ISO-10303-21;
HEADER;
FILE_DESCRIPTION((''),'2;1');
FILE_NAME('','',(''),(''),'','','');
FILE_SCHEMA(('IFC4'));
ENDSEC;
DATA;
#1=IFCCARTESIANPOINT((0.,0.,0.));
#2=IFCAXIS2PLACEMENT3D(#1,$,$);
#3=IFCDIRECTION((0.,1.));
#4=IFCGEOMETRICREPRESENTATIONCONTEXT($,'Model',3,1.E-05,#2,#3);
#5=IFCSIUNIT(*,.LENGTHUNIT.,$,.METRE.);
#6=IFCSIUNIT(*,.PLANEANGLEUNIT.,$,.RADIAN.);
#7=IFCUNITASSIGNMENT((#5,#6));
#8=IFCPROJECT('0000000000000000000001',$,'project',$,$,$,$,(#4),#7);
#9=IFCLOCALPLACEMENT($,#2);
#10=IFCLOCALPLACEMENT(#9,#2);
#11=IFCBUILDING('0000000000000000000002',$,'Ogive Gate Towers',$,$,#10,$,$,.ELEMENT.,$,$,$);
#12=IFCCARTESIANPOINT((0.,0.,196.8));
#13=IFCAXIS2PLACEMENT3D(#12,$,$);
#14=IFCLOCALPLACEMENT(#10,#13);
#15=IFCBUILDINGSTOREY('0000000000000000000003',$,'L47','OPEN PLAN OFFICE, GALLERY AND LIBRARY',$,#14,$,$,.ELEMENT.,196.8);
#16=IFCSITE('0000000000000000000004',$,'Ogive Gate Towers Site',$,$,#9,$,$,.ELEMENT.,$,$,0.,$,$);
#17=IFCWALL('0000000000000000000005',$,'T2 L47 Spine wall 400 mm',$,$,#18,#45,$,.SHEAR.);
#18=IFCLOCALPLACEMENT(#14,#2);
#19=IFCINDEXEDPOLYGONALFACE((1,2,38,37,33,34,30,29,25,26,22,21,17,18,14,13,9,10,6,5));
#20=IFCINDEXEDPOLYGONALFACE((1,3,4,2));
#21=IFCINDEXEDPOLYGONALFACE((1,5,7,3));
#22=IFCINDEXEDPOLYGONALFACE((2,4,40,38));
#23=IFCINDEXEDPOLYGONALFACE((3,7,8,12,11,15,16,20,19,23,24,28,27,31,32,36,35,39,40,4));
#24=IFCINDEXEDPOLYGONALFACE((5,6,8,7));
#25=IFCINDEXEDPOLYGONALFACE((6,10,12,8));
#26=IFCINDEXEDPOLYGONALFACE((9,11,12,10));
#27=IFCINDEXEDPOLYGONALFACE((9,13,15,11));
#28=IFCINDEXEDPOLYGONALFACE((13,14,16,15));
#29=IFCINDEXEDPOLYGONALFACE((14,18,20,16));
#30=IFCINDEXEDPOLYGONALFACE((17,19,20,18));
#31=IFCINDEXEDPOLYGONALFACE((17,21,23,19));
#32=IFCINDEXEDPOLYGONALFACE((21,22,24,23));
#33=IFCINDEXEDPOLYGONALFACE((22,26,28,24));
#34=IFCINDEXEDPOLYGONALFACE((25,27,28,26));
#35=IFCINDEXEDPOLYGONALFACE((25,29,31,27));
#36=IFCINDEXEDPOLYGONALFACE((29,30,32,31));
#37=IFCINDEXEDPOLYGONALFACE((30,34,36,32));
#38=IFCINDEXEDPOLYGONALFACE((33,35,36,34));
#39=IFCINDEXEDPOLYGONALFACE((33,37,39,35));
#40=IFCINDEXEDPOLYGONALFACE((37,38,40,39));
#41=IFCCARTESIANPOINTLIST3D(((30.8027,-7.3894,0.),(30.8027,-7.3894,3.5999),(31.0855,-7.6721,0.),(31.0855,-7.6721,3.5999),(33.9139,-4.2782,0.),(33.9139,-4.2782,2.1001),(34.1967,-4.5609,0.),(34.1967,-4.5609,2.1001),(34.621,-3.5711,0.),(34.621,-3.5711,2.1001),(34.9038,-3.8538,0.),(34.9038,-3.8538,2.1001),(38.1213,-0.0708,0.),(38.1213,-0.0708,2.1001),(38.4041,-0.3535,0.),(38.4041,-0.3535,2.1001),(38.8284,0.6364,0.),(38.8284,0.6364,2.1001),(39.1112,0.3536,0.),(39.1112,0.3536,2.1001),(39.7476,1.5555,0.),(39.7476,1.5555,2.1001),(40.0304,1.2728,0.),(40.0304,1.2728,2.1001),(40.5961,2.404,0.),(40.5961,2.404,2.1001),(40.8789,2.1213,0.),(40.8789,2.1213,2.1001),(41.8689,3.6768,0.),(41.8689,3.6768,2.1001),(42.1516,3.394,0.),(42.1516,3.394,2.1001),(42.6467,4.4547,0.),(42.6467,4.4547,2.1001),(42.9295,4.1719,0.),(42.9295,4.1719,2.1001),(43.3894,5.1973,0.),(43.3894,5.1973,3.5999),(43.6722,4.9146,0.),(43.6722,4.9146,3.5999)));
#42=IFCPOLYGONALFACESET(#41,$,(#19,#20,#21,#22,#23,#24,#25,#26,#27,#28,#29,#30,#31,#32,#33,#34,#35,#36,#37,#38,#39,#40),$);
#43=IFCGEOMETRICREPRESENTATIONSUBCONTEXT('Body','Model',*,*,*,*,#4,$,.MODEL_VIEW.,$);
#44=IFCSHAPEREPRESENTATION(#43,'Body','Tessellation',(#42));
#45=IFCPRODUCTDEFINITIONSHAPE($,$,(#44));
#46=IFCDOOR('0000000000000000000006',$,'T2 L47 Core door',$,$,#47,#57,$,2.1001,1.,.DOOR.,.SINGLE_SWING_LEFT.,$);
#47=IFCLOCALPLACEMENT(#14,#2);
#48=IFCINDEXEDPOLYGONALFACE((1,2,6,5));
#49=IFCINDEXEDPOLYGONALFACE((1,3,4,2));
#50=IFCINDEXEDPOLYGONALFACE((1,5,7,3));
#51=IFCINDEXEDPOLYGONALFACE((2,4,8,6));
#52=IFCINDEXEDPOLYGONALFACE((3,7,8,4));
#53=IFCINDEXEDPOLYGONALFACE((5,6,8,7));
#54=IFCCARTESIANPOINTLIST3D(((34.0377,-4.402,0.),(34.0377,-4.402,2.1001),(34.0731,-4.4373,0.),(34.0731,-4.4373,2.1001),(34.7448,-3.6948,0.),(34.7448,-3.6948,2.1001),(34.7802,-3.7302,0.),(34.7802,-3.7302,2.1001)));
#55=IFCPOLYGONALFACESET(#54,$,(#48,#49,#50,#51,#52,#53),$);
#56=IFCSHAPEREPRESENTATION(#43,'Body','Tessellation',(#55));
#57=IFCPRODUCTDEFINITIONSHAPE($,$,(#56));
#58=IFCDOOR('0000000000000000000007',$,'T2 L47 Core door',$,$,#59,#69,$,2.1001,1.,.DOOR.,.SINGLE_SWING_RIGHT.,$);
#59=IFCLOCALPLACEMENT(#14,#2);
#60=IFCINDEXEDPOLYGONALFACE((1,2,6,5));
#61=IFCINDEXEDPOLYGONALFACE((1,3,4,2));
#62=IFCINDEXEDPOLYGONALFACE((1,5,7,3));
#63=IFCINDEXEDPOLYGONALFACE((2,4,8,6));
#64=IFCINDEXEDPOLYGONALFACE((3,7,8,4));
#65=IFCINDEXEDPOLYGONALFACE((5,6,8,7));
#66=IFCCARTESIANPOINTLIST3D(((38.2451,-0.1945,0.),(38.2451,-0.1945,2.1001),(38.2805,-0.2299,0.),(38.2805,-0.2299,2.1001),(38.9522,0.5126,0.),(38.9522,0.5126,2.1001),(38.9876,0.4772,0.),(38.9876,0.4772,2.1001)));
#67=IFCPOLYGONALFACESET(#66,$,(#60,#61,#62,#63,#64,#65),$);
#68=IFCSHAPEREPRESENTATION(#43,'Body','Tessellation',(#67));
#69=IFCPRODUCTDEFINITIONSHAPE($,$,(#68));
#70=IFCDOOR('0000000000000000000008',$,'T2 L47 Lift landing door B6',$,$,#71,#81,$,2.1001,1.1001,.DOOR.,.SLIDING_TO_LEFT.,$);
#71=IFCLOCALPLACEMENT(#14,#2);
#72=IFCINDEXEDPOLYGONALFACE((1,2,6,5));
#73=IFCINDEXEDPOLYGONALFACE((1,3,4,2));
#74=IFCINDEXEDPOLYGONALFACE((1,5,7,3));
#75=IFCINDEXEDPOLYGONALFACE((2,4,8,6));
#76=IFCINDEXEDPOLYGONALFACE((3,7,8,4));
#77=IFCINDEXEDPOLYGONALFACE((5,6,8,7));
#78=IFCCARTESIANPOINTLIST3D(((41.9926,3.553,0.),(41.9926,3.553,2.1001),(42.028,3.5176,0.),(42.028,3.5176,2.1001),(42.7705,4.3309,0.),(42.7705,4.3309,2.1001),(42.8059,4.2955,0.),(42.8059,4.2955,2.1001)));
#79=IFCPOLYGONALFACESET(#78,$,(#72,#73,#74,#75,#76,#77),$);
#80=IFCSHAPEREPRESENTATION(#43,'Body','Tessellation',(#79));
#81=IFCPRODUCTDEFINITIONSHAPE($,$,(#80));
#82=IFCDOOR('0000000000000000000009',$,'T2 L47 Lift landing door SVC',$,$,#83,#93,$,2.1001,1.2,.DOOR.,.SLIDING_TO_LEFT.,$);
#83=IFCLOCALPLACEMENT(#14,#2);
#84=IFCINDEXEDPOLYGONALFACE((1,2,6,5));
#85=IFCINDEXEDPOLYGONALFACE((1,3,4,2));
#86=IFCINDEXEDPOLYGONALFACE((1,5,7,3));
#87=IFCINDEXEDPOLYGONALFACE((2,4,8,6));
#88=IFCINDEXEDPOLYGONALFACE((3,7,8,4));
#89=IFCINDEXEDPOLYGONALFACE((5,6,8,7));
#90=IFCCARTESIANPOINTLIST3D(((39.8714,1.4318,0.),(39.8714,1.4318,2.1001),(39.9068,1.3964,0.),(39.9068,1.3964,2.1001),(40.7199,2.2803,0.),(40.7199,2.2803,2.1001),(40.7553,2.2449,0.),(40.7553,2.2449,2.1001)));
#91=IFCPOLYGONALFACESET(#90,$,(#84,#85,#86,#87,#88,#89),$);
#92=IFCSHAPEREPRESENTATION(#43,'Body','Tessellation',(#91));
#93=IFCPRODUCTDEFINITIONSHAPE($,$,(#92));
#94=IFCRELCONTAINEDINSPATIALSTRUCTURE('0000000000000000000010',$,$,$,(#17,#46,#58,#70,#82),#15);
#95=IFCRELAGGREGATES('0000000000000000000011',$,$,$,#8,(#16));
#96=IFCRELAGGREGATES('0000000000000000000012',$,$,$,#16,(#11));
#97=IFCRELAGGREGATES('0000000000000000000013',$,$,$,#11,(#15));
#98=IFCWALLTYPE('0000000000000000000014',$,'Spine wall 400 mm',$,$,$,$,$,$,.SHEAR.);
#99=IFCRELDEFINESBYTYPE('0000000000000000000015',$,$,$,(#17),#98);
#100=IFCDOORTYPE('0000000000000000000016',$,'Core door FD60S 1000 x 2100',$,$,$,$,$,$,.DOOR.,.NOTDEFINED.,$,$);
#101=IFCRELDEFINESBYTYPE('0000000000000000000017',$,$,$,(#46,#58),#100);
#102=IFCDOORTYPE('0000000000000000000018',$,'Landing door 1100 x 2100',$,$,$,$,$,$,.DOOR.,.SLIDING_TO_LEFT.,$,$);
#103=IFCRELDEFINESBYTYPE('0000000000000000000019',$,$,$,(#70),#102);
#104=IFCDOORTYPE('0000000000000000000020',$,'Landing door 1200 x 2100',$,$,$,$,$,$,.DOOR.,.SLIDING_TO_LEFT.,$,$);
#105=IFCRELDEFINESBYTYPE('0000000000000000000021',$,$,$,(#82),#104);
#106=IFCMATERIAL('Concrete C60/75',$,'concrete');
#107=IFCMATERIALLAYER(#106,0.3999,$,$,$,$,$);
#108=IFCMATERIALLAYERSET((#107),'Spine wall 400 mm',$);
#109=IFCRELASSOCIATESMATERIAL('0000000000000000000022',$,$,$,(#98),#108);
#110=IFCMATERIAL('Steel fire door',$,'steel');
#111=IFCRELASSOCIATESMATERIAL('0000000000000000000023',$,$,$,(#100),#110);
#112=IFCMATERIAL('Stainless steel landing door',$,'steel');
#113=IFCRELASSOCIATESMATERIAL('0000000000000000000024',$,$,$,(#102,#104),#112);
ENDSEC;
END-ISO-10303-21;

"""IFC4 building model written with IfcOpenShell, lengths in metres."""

from ifc_helpers import new_model, si_unit, direction, frame, frame_2d, origin, place, context, subcontext, project, spatial, rectangle, extrude, material, layer, layer_set, type_object, element, fill, save


model = new_model("IFC4")

# Units and contexts
model_context = context("Model", 3, precision=1e-05, world=origin(), true_north=direction((0.0, 1.0)))
body_context = subcontext(model_context, "Body", "Model", "MODEL_VIEW")
ifc_project = project(units=[si_unit("LENGTHUNIT", "METRE"), si_unit("PLANEANGLEUNIT", "RADIAN")], contexts=[model_context])

# Site, building, storey
site_placement = place(None, origin())
site = spatial("IfcSite", under=ifc_project, at=site_placement, Name="Ogive Gate Towers Site", CompositionType="ELEMENT", RefElevation=0.0)
building_placement = place(site_placement, origin())
building = spatial("IfcBuilding", under=site, at=building_placement, Name="Ogive Gate Towers", CompositionType="ELEMENT")
storey_placement = place(building_placement, frame((0.0, 0.0, 196.8)))
storey = spatial("IfcBuildingStorey", under=building, at=storey_placement, Name="L47", Description="OPEN PLAN OFFICE, GALLERY AND LIBRARY", CompositionType="ELEMENT", Elevation=196.8)

# Shared definitions
ifc_material_1 = material(Name="Concrete C60/75", Category="concrete")
ifc_material_2 = material(Name="Steel fire door", Category="steel")

# Wall, openings, doors
ifc_layer_1 = layer(ifc_material_1, 0.3999)
ifc_layer_set_1 = layer_set([ifc_layer_1], Name="Spine wall 400 mm")
wall_type_1 = type_object("IfcWallType", Name="Spine wall 400 mm", PredefinedType="SHEAR", material=ifc_layer_set_1)
wall_1_placement = place(storey_placement, frame((30.9441, -7.5308, 0.0), z_axis=(0.0, 0.0, 1.0), x_axis=(0.707107, 0.707107, 0.0)))
wall_1 = element("IfcWall", 1, at=wall_1_placement, inside=storey, type_object=wall_type_1, Name="T2 L47 Spine wall 400 mm", PredefinedType="SHEAR", context=body_context, shape_type="SweptSolid", body=[
    extrude(rectangle(XDim=17.8003, YDim=0.3999, at=frame_2d((8.9001, 0.0))), origin(), (0.0, 0.0, 1.0), 3.5999),
])
opening_1_placement = place(wall_1_placement, frame((12.6499, 0.0, 0.0)))
opening_1 = element("IfcOpeningElement", 2, at=opening_1_placement, cuts=wall_1, PredefinedType="OPENING", context=body_context, shape_type="SweptSolid", body=[
    extrude(rectangle(XDim=1.2, YDim=2.1001, at=frame_2d((0.6001, 1.05))), frame((0.0, 0.21, 0.0), z_axis=(0.0, -1.0, 0.0), x_axis=(1.0, 0.0, 0.0)), (0.0, 0.0, 1.0), 0.4199),
])
opening_2_placement = place(wall_1_placement, frame((15.6499, 0.0, 0.0)))
opening_2 = element("IfcOpeningElement", 3, at=opening_2_placement, cuts=wall_1, PredefinedType="OPENING", context=body_context, shape_type="SweptSolid", body=[
    extrude(rectangle(XDim=1.1001, YDim=2.1001, at=frame_2d((0.55, 1.05))), frame((0.0, 0.21, 0.0), z_axis=(0.0, -1.0, 0.0), x_axis=(1.0, 0.0, 0.0)), (0.0, 0.0, 1.0), 0.4199),
])
opening_3_placement = place(wall_1_placement, frame((4.3999, 0.0, 0.0)))
opening_3 = element("IfcOpeningElement", 4, at=opening_3_placement, cuts=wall_1, PredefinedType="OPENING", context=body_context, shape_type="SweptSolid", body=[
    extrude(rectangle(XDim=1.0, YDim=2.1001, at=frame_2d((0.5, 1.05))), frame((0.0, 0.21, 0.0), z_axis=(0.0, -1.0, 0.0), x_axis=(1.0, 0.0, 0.0)), (0.0, 0.0, 1.0), 0.4199),
])
opening_4_placement = place(wall_1_placement, frame((10.3501, 0.0, 0.0)))
opening_4 = element("IfcOpeningElement", 5, at=opening_4_placement, cuts=wall_1, PredefinedType="OPENING", context=body_context, shape_type="SweptSolid", body=[
    extrude(rectangle(XDim=1.0, YDim=2.1001, at=frame_2d((0.5, 1.05))), frame((0.0, 0.21, 0.0), z_axis=(0.0, -1.0, 0.0), x_axis=(1.0, 0.0, 0.0)), (0.0, 0.0, 1.0), 0.4199),
])
door_type_1 = type_object("IfcDoorType", Name="Core door FD60S 1000 x 2100", OperationType="NOTDEFINED", PredefinedType="DOOR", material=ifc_material_2)
door_1_placement = place(opening_3_placement, origin())
door_1 = element("IfcDoor", 6, at=door_1_placement, inside=storey, type_object=door_type_1, Name="T2 L47 Core door", OperationType="SINGLE_SWING_LEFT", OverallHeight=2.1001, OverallWidth=1.0, PredefinedType="DOOR", context=body_context, shape_type="SweptSolid", body=[
    extrude(rectangle(XDim=1.0, YDim=2.1001, at=frame_2d((0.5, 1.05))), frame((0.0, 0.0249, 0.0), z_axis=(0.0, -1.0, 0.0), x_axis=(1.0, 0.0, 0.0)), (0.0, 0.0, 1.0), 0.05),
])
fill(opening_3, door_1)
door_2_placement = place(opening_4_placement, origin())
door_2 = element("IfcDoor", 7, at=door_2_placement, inside=storey, type_object=door_type_1, Name="T2 L47 Core door", OperationType="SINGLE_SWING_RIGHT", OverallHeight=2.1001, OverallWidth=1.0, PredefinedType="DOOR", context=body_context, shape_type="SweptSolid", body=[
    extrude(rectangle(XDim=1.0, YDim=2.1001, at=frame_2d((0.5, 1.05))), frame((0.0, 0.0249, 0.0), z_axis=(0.0, -1.0, 0.0), x_axis=(1.0, 0.0, 0.0)), (0.0, 0.0, 1.0), 0.05),
])
fill(opening_4, door_2)
ifc_material_3 = material(Name="Stainless steel landing door", Category="steel")
door_type_2 = type_object("IfcDoorType", Name="Landing door 1100 x 2100", OperationType="SLIDING_TO_LEFT", PredefinedType="DOOR", material=ifc_material_3)
door_3_placement = place(opening_2_placement, origin())
door_3 = element("IfcDoor", 8, at=door_3_placement, inside=storey, type_object=door_type_2, Name="T2 L47 Lift landing door B6", OperationType="SLIDING_TO_LEFT", OverallHeight=2.1001, OverallWidth=1.1001, PredefinedType="DOOR", context=body_context, shape_type="SweptSolid", body=[
    extrude(rectangle(XDim=1.1001, YDim=2.1001, at=frame_2d((0.55, 1.05))), frame((0.0, 0.0249, 0.0), z_axis=(0.0, -1.0, 0.0), x_axis=(1.0, 0.0, 0.0)), (0.0, 0.0, 1.0), 0.05),
])
fill(opening_2, door_3)
door_type_3 = type_object("IfcDoorType", Name="Landing door 1200 x 2100", OperationType="SLIDING_TO_LEFT", PredefinedType="DOOR", material=ifc_material_3)
door_4_placement = place(opening_1_placement, origin())
door_4 = element("IfcDoor", 9, at=door_4_placement, inside=storey, type_object=door_type_3, Name="T2 L47 Lift landing door SVC", OperationType="SLIDING_TO_LEFT", OverallHeight=2.1001, OverallWidth=1.2, PredefinedType="DOOR", context=body_context, shape_type="SweptSolid", body=[
    extrude(rectangle(XDim=1.2, YDim=2.1001, at=frame_2d((0.6001, 1.05))), frame((0.0, 0.0249, 0.0), z_axis=(0.0, -1.0, 0.0), x_axis=(1.0, 0.0, 0.0)), (0.0, 0.0, 1.0), 0.05),
])
fill(opening_1, door_4)

save(model, "model.ifc")
